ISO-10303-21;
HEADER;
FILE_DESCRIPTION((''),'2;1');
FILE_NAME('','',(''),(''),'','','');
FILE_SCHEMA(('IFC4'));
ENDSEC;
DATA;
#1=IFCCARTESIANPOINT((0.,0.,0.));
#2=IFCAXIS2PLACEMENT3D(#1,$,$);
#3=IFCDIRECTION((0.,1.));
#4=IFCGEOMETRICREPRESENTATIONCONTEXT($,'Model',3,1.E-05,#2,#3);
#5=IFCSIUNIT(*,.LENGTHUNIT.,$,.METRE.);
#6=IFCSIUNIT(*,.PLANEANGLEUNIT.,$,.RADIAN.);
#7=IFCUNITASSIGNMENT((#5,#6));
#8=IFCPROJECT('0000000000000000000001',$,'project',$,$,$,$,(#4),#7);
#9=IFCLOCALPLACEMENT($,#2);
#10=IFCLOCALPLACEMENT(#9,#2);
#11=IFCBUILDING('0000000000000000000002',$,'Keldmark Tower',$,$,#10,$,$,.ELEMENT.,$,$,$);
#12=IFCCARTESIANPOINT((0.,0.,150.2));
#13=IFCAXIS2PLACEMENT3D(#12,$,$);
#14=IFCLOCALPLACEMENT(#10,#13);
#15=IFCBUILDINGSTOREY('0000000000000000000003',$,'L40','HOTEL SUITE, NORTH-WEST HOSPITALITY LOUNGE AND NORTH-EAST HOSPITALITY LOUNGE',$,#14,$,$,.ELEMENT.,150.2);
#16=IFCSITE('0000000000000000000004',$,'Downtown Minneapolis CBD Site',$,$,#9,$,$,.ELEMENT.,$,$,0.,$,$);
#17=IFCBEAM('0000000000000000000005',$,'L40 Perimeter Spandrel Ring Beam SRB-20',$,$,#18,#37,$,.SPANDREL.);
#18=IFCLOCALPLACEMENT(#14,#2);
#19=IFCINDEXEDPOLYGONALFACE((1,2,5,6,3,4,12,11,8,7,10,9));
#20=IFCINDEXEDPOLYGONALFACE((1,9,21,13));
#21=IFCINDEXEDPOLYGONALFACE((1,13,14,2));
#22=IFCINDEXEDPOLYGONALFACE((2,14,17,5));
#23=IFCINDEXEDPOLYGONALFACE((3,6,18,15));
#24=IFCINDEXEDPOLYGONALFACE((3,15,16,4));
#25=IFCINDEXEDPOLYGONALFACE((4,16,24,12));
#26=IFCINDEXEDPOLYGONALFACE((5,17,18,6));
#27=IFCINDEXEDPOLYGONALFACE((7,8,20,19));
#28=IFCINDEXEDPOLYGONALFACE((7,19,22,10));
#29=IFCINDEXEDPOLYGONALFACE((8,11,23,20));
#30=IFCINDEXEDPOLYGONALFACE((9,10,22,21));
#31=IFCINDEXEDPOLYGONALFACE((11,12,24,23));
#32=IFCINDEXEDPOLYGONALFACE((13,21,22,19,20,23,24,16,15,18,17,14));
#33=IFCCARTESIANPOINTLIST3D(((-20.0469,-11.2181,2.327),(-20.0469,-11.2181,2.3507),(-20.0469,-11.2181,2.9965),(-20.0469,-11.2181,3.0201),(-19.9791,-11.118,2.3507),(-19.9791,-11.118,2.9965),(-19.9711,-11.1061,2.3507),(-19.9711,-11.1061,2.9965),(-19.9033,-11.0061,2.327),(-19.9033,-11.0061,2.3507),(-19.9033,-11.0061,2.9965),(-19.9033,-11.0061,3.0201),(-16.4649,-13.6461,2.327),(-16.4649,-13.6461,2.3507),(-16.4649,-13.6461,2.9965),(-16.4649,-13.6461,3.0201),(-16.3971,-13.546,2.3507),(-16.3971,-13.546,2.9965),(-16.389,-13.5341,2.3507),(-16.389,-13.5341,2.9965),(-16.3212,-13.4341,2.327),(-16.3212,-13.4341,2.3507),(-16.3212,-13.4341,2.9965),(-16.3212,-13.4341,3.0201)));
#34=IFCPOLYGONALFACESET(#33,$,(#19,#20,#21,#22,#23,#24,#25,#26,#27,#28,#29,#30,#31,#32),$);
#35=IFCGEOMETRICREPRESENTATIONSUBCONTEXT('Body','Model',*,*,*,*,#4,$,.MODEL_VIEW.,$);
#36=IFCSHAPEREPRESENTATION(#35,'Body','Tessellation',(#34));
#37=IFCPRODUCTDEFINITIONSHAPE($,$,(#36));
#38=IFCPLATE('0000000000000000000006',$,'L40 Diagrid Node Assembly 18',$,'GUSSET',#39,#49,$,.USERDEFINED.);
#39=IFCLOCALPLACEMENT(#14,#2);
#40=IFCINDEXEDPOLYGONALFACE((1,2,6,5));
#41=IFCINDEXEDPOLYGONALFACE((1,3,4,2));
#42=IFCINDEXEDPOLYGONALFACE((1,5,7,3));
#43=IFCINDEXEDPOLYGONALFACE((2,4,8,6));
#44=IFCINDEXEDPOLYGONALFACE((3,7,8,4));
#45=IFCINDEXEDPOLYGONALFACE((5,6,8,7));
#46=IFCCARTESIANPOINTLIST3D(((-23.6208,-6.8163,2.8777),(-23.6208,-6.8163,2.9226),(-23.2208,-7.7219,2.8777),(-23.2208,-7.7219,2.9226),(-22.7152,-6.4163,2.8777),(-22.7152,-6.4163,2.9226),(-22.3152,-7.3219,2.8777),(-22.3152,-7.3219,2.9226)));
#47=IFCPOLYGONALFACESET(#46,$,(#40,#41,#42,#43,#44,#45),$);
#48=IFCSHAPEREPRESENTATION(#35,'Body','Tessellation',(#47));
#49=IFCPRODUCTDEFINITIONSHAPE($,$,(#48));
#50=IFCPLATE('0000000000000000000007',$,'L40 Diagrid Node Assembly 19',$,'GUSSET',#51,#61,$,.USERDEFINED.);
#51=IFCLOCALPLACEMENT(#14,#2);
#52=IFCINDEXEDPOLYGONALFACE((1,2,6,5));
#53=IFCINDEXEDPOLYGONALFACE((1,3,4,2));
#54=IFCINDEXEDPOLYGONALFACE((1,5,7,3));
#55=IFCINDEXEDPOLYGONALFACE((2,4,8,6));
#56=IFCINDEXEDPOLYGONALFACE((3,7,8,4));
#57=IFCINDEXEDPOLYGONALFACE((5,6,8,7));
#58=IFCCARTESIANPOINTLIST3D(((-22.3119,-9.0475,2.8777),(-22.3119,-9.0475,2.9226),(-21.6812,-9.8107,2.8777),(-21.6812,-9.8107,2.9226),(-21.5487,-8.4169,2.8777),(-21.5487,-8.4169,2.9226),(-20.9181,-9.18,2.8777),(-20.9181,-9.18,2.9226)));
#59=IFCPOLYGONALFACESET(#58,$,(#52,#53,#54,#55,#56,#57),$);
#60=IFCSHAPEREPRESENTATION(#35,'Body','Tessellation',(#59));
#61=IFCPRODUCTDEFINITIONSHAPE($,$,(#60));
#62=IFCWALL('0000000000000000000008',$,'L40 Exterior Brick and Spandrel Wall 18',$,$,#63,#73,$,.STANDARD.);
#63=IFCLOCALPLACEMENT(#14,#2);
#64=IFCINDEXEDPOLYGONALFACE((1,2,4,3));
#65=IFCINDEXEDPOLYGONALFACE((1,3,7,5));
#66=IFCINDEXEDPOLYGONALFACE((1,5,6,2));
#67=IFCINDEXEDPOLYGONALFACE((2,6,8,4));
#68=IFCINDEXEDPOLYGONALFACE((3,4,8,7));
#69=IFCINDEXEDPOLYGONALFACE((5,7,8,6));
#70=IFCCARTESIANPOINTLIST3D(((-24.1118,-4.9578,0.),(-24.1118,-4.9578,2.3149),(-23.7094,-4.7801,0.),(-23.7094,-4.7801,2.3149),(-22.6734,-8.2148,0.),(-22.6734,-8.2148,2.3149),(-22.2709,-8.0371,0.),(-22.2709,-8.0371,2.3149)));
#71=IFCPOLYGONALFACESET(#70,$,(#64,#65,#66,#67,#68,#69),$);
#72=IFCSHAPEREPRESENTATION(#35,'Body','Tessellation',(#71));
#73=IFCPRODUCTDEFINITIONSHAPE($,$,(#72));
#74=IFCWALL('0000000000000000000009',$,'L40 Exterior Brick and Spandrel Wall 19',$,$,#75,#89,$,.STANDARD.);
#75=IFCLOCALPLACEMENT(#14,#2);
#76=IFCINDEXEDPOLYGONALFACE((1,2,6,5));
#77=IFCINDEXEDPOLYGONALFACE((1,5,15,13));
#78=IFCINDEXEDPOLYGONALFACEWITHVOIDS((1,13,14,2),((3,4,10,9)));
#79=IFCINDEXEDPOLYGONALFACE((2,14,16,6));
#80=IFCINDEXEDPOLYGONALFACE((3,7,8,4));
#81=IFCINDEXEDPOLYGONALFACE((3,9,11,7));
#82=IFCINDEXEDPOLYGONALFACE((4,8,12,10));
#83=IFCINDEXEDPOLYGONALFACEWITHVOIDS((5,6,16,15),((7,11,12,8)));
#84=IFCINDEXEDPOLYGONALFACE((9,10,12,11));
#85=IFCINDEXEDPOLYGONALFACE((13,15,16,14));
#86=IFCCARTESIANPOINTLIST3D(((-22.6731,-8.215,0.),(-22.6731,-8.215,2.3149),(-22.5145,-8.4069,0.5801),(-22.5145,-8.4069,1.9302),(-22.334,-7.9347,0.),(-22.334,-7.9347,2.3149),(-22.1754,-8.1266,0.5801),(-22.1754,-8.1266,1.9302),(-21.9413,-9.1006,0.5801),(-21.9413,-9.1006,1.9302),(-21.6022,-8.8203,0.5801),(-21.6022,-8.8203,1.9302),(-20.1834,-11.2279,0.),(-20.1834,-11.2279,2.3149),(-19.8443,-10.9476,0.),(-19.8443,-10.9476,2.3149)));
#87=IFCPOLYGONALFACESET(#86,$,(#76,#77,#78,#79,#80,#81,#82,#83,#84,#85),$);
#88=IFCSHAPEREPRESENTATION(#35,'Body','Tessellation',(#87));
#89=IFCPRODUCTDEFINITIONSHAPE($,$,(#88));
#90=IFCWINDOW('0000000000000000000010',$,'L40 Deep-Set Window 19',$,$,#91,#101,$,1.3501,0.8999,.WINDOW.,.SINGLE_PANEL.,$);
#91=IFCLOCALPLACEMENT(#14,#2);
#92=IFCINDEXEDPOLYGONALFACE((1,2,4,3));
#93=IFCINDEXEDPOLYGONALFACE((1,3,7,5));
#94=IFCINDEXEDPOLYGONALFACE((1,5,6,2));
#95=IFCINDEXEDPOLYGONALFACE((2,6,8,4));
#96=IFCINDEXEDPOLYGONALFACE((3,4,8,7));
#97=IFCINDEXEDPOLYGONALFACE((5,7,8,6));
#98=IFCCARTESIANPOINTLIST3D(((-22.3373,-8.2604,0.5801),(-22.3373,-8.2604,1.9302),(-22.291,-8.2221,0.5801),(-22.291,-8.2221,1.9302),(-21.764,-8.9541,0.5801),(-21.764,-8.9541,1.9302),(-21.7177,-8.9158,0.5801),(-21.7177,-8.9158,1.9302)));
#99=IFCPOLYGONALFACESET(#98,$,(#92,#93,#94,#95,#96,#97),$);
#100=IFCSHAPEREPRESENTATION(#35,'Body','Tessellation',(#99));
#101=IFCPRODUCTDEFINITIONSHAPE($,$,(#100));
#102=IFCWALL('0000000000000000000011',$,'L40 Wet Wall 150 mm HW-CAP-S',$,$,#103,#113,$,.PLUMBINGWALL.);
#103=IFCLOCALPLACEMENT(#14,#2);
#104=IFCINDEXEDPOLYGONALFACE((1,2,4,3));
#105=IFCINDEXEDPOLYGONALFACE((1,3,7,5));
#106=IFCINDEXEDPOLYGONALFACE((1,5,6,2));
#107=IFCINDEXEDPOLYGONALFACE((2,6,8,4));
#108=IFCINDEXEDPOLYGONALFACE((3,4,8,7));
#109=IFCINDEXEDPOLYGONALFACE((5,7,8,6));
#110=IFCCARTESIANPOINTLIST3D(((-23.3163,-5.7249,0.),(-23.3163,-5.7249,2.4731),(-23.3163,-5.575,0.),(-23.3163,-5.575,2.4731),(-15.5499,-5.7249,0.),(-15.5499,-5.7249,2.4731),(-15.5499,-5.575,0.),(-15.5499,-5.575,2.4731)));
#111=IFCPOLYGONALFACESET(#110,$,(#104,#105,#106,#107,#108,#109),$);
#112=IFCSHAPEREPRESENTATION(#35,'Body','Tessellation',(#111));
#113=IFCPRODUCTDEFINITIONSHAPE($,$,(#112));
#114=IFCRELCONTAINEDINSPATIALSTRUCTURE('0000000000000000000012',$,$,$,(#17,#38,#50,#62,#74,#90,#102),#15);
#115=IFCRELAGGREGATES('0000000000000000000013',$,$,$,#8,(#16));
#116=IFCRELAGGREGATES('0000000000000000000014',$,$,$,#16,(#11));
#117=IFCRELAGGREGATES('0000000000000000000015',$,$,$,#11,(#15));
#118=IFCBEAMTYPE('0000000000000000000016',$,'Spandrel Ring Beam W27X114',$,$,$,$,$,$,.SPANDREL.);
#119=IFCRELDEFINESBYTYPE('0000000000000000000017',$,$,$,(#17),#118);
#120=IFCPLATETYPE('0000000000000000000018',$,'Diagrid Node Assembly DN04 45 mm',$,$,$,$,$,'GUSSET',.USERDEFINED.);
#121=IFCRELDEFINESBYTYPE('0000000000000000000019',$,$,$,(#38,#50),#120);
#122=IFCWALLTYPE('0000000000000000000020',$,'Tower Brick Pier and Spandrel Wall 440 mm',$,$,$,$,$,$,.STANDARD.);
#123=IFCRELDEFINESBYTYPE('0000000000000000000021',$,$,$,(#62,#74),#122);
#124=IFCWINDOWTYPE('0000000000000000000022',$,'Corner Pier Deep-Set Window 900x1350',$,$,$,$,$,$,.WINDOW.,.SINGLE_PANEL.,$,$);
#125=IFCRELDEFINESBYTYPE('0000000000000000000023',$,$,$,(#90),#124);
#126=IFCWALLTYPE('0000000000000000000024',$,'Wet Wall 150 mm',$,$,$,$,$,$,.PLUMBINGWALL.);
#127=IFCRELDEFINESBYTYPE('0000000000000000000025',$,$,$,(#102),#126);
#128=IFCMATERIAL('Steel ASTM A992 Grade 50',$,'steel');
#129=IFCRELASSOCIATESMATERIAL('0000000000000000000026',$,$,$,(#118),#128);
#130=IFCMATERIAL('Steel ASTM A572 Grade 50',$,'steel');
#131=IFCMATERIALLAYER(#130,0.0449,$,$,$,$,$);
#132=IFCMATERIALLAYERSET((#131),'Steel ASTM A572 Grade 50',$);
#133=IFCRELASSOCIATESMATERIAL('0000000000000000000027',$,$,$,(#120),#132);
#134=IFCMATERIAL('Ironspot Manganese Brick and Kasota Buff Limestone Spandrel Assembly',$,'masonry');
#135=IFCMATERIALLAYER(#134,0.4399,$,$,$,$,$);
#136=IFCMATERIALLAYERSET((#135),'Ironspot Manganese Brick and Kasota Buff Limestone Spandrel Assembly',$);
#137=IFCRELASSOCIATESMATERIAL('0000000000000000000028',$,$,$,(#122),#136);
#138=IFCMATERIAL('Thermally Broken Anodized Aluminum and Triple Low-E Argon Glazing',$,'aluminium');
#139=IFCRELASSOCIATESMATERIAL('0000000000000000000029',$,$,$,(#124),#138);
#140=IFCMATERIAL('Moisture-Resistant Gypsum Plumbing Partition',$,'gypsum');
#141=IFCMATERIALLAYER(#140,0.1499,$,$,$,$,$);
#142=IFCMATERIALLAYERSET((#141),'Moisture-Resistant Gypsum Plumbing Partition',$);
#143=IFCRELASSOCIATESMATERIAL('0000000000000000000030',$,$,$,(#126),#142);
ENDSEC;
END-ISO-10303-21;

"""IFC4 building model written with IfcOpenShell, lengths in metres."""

from ifc_helpers import new_model, si_unit, direction, frame, frame_2d, origin, origin_2d, place, context, subcontext, project, spatial, rectangle, i_section, extrude, material, layer, layer_set, material_profile, profile_set, type_object, element, fill, save


model = new_model("IFC4")

# Units and contexts
model_context = context("Model", 3, precision=1e-05, world=origin(), true_north=direction((0.0, 1.0)))
body_context = subcontext(model_context, "Body", "Model", "MODEL_VIEW")
ifc_project = project(units=[si_unit("LENGTHUNIT", "METRE"), si_unit("PLANEANGLEUNIT", "RADIAN")], contexts=[model_context])

# Site, building, storey
site_placement = place(None, origin())
site = spatial("IfcSite", under=ifc_project, at=site_placement, Name="Downtown Minneapolis CBD Site", CompositionType="ELEMENT", RefElevation=0.0)
building_placement = place(site_placement, origin())
building = spatial("IfcBuilding", under=site, at=building_placement, Name="Keldmark Tower", CompositionType="ELEMENT")
storey_placement = place(building_placement, frame((0.0, 0.0, 150.2)))
storey = spatial("IfcBuildingStorey", under=building, at=storey_placement, Name="L40", Description="HOTEL SUITE, NORTH-WEST HOSPITALITY LOUNGE AND NORTH-EAST HOSPITALITY LOUNGE", CompositionType="ELEMENT", Elevation=150.2)

# Beam
ifc_material_1 = material(Name="Steel ASTM A992 Grade 50", Category="steel")
ifc_material_profile_1 = material_profile(ifc_material_1, i_section(OverallWidth=0.2561, OverallDepth=0.6931, WebThickness=0.0144, FlangeThickness=0.0237, at=origin_2d()), Name="W27X114")
ifc_profile_set_1 = profile_set([ifc_material_profile_1], Name="Steel ASTM A992 Grade 50")
beam_type_1 = type_object("IfcBeamType", Name="Spandrel Ring Beam W27X114", PredefinedType="SPANDREL", material=ifc_profile_set_1)
beam_1_placement = place(storey_placement, frame((-19.9751, -11.1121, 2.6736), z_axis=(0.827764, -0.561076, 0.0), x_axis=(0.561076, 0.827764, 0.0)))
element("IfcBeam", 1, at=beam_1_placement, inside=storey, type_object=beam_type_1, Name="L40 Perimeter Spandrel Ring Beam SRB-20", PredefinedType="SPANDREL", context=body_context, shape_type="SweptSolid", body=[
    extrude(i_section(OverallWidth=0.2561, OverallDepth=0.6931, WebThickness=0.0144, FlangeThickness=0.0237, at=origin_2d()), origin(), (0.0, 0.0, 1.0), 4.3274),
])

# Plates
ifc_material_2 = material(Name="Steel ASTM A572 Grade 50", Category="steel")
ifc_layer_1 = layer(ifc_material_2, 0.0449)
ifc_layer_set_1 = layer_set([ifc_layer_1], Name="Steel ASTM A572 Grade 50")
plate_type = type_object("IfcPlateType", Name="Diagrid Node Assembly DN04 45 mm", ElementType="GUSSET", PredefinedType="USERDEFINED", material=ifc_layer_set_1)
for number, where, z_axis, x_axis, name in (
    (2, (-22.968, -7.0691, 2.8777), (0.0, 0.0, 1.0), (0.404024, -0.914748, 0.0), "L40 Diagrid Node Assembly 18"),
    (3, (-21.615, -9.1138, 2.8777), (0.0, 0.0, 1.0), (0.63702, -0.770847, 0.0), "L40 Diagrid Node Assembly 19"),
):
    element("IfcPlate", number, at=place(storey_placement, frame(where, z_axis=z_axis, x_axis=x_axis)), inside=storey, type_object=plate_type, Name=name, ObjectType="GUSSET", PredefinedType="USERDEFINED", context=body_context, shape_type="SweptSolid", body=[
        extrude(rectangle(XDim=0.99, YDim=0.99, at=origin_2d()), origin(), (0.0, 0.0, 1.0), 0.0449),
    ])

# Wall
ifc_material_3 = material(Name="Ironspot Manganese Brick and Kasota Buff Limestone Spandrel Assembly", Category="masonry")
ifc_layer_2 = layer(ifc_material_3, 0.4399)
ifc_layer_set_2 = layer_set([ifc_layer_2], Name="Ironspot Manganese Brick and Kasota Buff Limestone Spandrel Assembly")
wall_type_1 = type_object("IfcWallType", Name="Tower Brick Pier and Spandrel Wall 440 mm", PredefinedType="STANDARD", material=ifc_layer_set_2)
wall_1_placement = place(storey_placement, frame((-22.4722, -8.126, 0.0), z_axis=(0.0, 0.0, 1.0), x_axis=(-0.404, 0.914759, 0.0)))
element("IfcWall", 4, at=wall_1_placement, inside=storey, type_object=wall_type_1, Name="L40 Exterior Brick and Spandrel Wall 18", PredefinedType="STANDARD", context=body_context, shape_type="SweptSolid", body=[
    extrude(rectangle(XDim=3.5605, YDim=0.4399, at=frame_2d((1.7803, 0.0))), origin(), (0.0, 0.0, 1.0), 2.3149),
])

# Wall, opening, window
wall_2_placement = place(storey_placement, frame((-20.0139, -11.0876, 0.0), z_axis=(0.0, 0.0, 1.0), x_axis=(-0.637003, 0.770862, 0.0)))
wall_2 = element("IfcWall", 5, at=wall_2_placement, inside=storey, type_object=wall_type_1, Name="L40 Exterior Brick and Spandrel Wall 19", PredefinedType="STANDARD", context=body_context, shape_type="SweptSolid", body=[
    extrude(rectangle(XDim=3.9084, YDim=0.4399, at=frame_2d((1.9541, 0.0))), origin(), (0.0, 0.0, 1.0), 2.3149),
])
opening_placement = place(wall_2_placement, frame((2.7595, 0.0, 0.5801)))
opening = element("IfcOpeningElement", 6, at=opening_placement, cuts=wall_2, PredefinedType="OPENING", context=body_context, shape_type="SweptSolid", body=[
    extrude(rectangle(XDim=0.8999, YDim=1.3501, at=frame_2d((0.45, 0.675))), frame((0.0, 0.23, 0.0), z_axis=(0.0, -1.0, 0.0), x_axis=(1.0, 0.0, 0.0)), (0.0, 0.0, 1.0), 0.46),
])
ifc_material_4 = material(Name="Thermally Broken Anodized Aluminum and Triple Low-E Argon Glazing", Category="aluminium")
window_type = type_object("IfcWindowType", Name="Corner Pier Deep-Set Window 900x1350", PartitioningType="SINGLE_PANEL", PredefinedType="WINDOW", material=ifc_material_4)
window_placement = place(opening_placement, origin())
window = element("IfcWindow", 7, at=window_placement, inside=storey, type_object=window_type, Name="L40 Deep-Set Window 19", OverallHeight=1.3501, OverallWidth=0.8999, PartitioningType="SINGLE_PANEL", PredefinedType="WINDOW", context=body_context, shape_type="SweptSolid", body=[
    extrude(rectangle(XDim=0.8999, YDim=1.3501, at=frame_2d((0.45, 0.675))), frame((0.0, -0.01, 0.0), z_axis=(0.0, -1.0, 0.0), x_axis=(1.0, 0.0, 0.0)), (0.0, 0.0, 1.0), 0.0601),
])
fill(opening, window)

# Wall
ifc_material_5 = material(Name="Moisture-Resistant Gypsum Plumbing Partition", Category="gypsum")
ifc_layer_3 = layer(ifc_material_5, 0.1499)
ifc_layer_set_3 = layer_set([ifc_layer_3], Name="Moisture-Resistant Gypsum Plumbing Partition")
wall_type_2 = type_object("IfcWallType", Name="Wet Wall 150 mm", PredefinedType="PLUMBINGWALL", material=ifc_layer_set_3)
wall_3_placement = place(storey_placement, frame((-23.3164, -5.6499, 0.0), z_axis=(0.0, 0.0, 1.0), x_axis=(1.0, 0.0, 0.0)))
element("IfcWall", 8, at=wall_3_placement, inside=storey, type_object=wall_type_2, Name="L40 Wet Wall 150 mm HW-CAP-S", PredefinedType="PLUMBINGWALL", context=body_context, shape_type="SweptSolid", body=[
    extrude(rectangle(XDim=7.7664, YDim=0.1499, at=frame_2d((3.8833, 0.0))), origin(), (0.0, 0.0, 1.0), 2.4731),
])

save(model, "model.ifc")
